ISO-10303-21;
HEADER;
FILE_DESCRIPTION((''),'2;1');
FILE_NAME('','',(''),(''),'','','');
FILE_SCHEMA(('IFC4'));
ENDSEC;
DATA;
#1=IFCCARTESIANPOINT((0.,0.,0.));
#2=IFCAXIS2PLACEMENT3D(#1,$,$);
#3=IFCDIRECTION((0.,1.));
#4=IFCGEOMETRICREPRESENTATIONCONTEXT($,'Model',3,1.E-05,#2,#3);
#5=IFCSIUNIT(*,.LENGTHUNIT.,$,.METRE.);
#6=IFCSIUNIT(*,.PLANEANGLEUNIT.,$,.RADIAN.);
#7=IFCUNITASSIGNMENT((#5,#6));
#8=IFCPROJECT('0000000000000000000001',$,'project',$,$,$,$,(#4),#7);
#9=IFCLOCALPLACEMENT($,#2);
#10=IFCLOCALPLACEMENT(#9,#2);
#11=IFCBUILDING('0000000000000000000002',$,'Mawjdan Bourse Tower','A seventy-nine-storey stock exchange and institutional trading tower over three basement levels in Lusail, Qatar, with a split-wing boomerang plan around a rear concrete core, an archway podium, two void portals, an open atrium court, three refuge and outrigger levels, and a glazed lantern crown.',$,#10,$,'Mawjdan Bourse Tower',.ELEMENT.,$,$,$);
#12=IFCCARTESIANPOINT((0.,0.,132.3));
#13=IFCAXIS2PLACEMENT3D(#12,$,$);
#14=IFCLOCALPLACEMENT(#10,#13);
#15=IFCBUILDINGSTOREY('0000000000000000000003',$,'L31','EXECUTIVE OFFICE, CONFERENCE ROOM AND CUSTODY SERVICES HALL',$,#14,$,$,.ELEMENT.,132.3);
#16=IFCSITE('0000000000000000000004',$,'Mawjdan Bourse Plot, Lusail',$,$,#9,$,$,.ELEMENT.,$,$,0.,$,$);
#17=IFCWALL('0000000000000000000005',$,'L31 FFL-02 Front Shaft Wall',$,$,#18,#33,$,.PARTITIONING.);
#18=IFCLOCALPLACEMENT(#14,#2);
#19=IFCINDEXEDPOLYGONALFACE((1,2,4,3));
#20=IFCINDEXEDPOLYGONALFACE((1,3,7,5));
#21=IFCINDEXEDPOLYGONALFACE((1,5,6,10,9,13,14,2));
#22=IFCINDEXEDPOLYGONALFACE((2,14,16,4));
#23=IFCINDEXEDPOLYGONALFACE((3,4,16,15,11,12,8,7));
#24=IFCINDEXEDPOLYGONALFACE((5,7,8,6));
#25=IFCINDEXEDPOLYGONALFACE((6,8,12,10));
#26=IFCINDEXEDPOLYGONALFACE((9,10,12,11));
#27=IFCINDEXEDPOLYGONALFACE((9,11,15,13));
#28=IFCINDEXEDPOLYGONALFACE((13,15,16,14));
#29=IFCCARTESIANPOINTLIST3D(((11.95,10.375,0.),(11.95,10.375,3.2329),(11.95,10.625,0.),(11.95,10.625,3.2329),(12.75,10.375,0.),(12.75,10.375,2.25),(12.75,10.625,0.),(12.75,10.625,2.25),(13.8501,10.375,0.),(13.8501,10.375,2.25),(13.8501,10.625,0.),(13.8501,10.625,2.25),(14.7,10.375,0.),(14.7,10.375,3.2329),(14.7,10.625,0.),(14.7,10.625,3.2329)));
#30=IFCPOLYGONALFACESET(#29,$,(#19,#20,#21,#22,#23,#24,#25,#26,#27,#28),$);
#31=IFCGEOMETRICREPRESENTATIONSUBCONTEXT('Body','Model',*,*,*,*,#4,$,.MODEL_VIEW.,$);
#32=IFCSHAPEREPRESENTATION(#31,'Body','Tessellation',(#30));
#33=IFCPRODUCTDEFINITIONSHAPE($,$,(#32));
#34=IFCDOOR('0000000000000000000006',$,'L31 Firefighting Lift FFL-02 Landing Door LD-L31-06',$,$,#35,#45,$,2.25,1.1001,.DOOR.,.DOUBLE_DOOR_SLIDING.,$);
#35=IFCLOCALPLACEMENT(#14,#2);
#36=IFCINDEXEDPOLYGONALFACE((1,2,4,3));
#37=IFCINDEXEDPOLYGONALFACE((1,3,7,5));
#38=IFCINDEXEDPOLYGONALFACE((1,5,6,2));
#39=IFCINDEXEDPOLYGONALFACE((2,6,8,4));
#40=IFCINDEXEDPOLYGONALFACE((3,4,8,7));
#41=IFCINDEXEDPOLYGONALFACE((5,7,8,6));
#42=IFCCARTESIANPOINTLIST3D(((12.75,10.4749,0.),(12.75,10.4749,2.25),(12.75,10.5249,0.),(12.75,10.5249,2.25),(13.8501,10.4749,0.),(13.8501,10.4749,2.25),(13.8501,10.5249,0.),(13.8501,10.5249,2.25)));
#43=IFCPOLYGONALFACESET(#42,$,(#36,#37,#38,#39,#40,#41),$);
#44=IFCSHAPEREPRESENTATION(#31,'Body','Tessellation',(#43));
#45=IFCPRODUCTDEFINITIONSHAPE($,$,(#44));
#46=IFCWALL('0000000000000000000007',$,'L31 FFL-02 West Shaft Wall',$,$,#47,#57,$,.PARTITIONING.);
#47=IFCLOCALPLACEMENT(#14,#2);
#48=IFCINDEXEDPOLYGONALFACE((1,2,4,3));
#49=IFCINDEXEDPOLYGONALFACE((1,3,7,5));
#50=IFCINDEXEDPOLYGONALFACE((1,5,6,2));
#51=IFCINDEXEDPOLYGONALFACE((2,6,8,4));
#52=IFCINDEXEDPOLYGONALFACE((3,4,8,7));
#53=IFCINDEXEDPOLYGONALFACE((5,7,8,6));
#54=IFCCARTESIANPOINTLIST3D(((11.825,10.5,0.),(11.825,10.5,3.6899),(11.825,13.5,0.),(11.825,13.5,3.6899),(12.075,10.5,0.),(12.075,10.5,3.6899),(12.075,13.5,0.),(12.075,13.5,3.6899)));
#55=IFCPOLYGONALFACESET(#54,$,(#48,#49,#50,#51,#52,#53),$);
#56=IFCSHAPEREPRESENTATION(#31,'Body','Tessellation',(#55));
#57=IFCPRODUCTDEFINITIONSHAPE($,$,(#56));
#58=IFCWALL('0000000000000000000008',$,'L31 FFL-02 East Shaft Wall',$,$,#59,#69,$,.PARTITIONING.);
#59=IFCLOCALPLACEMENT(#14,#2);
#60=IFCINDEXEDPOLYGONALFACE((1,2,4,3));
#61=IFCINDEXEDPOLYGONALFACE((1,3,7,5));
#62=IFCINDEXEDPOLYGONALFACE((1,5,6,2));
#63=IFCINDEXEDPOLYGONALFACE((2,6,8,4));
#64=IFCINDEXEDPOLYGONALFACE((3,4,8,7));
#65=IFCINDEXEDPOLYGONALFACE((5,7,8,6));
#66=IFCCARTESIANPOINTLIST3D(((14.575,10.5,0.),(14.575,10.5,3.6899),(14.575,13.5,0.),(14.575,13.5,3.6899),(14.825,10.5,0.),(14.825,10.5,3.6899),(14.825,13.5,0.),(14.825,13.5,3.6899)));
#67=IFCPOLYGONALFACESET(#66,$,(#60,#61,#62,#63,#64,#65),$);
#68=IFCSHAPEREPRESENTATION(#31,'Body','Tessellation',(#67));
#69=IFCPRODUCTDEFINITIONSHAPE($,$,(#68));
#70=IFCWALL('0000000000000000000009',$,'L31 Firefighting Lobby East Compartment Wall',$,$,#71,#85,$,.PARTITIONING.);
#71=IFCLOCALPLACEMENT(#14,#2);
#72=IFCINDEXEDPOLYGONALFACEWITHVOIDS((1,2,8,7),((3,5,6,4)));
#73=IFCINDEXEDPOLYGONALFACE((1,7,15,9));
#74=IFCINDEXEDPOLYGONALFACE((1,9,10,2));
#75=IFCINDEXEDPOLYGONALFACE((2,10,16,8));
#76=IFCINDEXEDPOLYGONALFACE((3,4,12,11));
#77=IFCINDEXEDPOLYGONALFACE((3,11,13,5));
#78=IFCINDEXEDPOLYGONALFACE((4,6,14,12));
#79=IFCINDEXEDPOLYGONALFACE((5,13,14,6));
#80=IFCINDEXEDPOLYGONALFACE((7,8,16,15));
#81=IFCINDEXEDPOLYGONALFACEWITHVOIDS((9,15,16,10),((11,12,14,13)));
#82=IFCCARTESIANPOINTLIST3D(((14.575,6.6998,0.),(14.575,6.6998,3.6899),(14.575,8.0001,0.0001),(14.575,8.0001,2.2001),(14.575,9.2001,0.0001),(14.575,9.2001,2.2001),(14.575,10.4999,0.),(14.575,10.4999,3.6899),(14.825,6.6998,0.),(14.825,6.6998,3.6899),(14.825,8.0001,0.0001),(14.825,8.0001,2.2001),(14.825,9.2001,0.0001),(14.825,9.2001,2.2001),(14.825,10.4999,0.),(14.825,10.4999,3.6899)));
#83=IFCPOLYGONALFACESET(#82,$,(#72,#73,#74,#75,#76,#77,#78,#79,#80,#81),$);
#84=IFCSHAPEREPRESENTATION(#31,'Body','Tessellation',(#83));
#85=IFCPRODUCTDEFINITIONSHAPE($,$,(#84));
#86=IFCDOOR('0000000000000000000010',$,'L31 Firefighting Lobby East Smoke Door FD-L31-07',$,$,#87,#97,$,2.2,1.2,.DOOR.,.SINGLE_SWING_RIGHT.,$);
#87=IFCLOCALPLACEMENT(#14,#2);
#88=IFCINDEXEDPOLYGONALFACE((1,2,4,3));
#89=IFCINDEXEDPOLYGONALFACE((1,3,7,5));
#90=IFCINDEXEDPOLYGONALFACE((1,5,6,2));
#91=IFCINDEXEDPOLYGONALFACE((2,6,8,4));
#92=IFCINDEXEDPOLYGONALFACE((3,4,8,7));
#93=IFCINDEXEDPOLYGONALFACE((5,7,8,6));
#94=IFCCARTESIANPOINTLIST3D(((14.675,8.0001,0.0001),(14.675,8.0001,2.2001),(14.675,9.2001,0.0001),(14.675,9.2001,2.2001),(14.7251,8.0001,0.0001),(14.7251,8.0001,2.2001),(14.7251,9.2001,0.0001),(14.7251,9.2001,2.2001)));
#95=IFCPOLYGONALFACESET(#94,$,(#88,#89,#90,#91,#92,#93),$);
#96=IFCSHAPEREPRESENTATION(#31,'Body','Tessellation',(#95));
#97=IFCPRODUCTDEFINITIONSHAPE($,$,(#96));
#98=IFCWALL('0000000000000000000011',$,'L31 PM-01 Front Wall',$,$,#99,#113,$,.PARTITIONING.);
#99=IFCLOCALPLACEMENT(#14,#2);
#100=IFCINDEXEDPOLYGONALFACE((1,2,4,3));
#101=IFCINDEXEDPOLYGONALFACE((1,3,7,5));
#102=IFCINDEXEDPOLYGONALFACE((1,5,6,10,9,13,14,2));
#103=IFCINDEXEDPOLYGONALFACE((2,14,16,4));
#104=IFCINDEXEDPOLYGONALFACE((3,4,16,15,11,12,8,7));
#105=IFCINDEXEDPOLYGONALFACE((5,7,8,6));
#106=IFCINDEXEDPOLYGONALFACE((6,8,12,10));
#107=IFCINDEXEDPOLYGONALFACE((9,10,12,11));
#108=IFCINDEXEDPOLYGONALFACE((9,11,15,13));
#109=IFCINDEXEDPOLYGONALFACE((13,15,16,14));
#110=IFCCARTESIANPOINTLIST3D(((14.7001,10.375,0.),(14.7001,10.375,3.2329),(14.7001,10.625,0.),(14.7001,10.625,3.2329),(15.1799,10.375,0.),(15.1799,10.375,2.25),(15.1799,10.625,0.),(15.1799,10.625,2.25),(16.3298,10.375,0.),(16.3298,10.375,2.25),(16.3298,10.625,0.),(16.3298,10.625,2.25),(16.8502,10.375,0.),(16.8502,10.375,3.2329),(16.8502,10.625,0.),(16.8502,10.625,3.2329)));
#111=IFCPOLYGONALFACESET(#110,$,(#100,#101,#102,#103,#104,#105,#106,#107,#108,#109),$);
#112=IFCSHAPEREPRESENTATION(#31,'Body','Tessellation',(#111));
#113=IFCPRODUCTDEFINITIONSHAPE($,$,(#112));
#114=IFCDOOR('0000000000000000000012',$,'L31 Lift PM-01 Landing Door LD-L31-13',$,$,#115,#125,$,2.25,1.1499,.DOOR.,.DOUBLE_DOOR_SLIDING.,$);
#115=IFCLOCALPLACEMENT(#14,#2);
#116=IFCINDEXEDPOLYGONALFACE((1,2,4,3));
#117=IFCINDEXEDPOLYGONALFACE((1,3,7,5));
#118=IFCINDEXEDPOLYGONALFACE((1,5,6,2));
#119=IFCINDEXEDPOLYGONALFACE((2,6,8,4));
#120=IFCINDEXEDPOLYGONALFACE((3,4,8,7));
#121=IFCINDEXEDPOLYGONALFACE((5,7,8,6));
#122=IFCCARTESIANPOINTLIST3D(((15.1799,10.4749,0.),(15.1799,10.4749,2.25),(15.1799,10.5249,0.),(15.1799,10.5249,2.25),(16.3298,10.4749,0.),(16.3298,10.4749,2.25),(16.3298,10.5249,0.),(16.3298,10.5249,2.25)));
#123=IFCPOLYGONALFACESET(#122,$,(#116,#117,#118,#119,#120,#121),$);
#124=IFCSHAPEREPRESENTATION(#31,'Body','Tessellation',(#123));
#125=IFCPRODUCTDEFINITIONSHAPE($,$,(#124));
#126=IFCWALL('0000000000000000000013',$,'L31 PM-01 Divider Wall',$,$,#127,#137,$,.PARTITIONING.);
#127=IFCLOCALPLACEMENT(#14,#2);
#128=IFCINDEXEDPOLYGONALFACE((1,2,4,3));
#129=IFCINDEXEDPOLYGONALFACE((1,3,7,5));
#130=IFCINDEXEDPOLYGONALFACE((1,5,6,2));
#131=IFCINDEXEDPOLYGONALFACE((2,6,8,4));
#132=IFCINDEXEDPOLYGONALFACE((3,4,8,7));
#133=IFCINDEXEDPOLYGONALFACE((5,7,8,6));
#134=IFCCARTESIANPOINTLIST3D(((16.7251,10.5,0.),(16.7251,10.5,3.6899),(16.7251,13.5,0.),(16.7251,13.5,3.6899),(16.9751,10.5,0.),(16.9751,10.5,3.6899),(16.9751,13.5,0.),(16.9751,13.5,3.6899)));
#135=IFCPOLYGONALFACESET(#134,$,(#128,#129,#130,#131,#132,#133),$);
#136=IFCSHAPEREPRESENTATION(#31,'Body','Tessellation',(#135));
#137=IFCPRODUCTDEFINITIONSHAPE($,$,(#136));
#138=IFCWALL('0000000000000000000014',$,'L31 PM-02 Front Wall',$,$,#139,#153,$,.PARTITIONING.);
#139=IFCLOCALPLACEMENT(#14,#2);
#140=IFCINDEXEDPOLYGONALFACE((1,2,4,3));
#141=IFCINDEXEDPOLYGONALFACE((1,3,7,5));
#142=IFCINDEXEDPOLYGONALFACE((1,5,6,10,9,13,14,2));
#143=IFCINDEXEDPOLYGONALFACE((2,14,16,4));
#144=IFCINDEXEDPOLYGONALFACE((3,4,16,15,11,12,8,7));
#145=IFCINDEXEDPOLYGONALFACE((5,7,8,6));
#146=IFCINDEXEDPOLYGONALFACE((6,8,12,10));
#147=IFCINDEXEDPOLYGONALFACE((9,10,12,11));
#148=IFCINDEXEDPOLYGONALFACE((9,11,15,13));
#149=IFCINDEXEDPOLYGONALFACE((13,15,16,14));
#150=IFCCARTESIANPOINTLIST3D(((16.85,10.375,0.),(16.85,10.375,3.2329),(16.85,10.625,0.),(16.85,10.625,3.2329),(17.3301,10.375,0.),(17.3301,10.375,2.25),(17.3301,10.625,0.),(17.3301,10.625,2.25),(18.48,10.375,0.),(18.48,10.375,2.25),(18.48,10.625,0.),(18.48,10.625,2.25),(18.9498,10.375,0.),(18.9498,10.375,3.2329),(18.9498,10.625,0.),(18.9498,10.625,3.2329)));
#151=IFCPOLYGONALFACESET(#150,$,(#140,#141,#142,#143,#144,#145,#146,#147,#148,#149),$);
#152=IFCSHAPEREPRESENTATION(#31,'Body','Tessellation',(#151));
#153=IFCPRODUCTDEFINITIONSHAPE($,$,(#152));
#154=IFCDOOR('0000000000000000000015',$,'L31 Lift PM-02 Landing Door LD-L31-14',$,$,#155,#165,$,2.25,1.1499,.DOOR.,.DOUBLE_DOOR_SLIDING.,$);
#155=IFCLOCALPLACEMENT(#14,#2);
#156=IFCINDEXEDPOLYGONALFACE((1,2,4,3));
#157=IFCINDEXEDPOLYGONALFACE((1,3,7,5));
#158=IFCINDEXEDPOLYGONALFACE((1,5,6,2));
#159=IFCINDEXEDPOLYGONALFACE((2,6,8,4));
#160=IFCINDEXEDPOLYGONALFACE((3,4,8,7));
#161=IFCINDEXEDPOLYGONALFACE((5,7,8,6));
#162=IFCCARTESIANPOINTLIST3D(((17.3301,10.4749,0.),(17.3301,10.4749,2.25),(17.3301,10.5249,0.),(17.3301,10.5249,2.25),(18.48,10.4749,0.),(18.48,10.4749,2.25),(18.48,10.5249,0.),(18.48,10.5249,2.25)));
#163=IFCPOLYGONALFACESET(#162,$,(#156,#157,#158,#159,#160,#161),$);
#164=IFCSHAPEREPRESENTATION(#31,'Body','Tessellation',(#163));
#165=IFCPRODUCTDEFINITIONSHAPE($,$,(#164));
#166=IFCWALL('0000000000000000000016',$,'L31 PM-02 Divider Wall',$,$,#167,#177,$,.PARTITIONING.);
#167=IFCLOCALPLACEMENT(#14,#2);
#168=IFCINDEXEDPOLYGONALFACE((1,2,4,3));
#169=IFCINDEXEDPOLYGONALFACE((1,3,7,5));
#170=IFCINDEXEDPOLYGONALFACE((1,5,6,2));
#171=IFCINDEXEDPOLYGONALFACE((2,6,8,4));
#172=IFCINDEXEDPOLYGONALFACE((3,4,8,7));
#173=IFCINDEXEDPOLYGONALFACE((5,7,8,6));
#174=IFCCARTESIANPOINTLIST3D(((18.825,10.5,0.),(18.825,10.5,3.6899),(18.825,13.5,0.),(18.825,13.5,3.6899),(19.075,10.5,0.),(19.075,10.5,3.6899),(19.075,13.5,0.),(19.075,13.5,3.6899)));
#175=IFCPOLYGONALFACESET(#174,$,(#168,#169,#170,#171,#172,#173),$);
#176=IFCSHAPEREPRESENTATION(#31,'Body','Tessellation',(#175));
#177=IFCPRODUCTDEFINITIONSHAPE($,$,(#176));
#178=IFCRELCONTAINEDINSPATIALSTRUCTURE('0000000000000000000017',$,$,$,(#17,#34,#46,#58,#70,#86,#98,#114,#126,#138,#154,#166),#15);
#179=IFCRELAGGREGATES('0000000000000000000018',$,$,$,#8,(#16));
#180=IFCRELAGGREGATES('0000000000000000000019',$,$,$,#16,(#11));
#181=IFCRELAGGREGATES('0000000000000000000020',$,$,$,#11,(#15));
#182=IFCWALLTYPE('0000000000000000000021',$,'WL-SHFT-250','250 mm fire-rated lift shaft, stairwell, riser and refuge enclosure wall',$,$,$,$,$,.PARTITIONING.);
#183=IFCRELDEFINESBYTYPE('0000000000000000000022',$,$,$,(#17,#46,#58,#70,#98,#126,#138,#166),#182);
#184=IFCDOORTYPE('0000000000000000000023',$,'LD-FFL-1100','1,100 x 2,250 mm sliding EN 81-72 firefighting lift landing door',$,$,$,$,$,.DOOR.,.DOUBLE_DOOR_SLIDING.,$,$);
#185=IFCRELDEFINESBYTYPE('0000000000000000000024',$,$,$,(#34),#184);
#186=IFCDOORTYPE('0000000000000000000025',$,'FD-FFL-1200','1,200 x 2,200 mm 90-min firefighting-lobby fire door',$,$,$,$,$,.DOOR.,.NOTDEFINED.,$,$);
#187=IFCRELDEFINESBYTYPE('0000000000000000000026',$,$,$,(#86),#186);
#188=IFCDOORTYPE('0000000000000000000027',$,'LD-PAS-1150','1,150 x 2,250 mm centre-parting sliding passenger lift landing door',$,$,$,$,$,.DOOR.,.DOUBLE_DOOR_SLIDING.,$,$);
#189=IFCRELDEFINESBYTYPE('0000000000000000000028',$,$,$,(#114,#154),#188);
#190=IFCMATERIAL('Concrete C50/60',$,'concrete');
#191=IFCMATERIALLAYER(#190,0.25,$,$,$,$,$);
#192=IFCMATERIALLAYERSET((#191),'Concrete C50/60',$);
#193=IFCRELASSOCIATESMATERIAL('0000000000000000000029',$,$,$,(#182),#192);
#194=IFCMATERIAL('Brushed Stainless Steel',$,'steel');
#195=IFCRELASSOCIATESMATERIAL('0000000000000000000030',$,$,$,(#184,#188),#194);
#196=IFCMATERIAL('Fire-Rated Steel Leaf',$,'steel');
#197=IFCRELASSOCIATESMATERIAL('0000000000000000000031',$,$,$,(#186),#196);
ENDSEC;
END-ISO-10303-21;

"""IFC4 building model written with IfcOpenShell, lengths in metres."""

from ifc_helpers import new_model, si_unit, direction, frame, frame_2d, origin, place, context, subcontext, project, spatial, rectangle, extrude, material, layer, layer_set, type_object, element, fill, save


model = new_model("IFC4")

# Units and contexts
model_context = context("Model", 3, precision=1e-05, world=origin(), true_north=direction((0.0, 1.0)))
body_context = subcontext(model_context, "Body", "Model", "MODEL_VIEW")
ifc_project = project(units=[si_unit("LENGTHUNIT", "METRE"), si_unit("PLANEANGLEUNIT", "RADIAN")], contexts=[model_context])

# Site, building, storey
site_placement = place(None, origin())
site = spatial("IfcSite", under=ifc_project, at=site_placement, Name="Mawjdan Bourse Plot, Lusail", CompositionType="ELEMENT", RefElevation=0.0)
building_placement = place(site_placement, origin())
building = spatial("IfcBuilding", under=site, at=building_placement, Name="Mawjdan Bourse Tower", Description="A seventy-nine-storey stock exchange and institutional trading tower over three basement levels in Lusail, Qatar, with a split-wing boomerang plan around a rear concrete core, an archway podium, two void portals, an open atrium court, three refuge and outrigger levels, and a glazed lantern crown.", LongName="Mawjdan Bourse Tower", CompositionType="ELEMENT")
storey_placement = place(building_placement, frame((0.0, 0.0, 132.3)))
storey = spatial("IfcBuildingStorey", under=building, at=storey_placement, Name="L31", Description="EXECUTIVE OFFICE, CONFERENCE ROOM AND CUSTODY SERVICES HALL", CompositionType="ELEMENT", Elevation=132.3)

# Shared definitions
ifc_material_1 = material(Name="Concrete C50/60", Category="concrete")
ifc_layer_1 = layer(ifc_material_1, 0.25)
ifc_layer_set_1 = layer_set([ifc_layer_1], Name="Concrete C50/60")
wall_type_1 = type_object("IfcWallType", Name="WL-SHFT-250", Description="250 mm fire-rated lift shaft, stairwell, riser and refuge enclosure wall", PredefinedType="PARTITIONING", material=ifc_layer_set_1)

# Shared definitions
ifc_material_2 = material(Name="Brushed Stainless Steel", Category="steel")
door_type_1 = type_object("IfcDoorType", Name="LD-FFL-1100", Description="1,100 x 2,250 mm sliding EN 81-72 firefighting lift landing door", OperationType="DOUBLE_DOOR_SLIDING", PredefinedType="DOOR", material=ifc_material_2)

# Wall, opening, door
wall_1_placement = place(storey_placement, frame((11.95, 10.5, 0.0), z_axis=(0.0, 0.0, 1.0), x_axis=(1.0, 0.0, 0.0)))
wall_1 = element("IfcWall", 1, at=wall_1_placement, inside=storey, type_object=wall_type_1, Name="L31 FFL-02 Front Shaft Wall", PredefinedType="PARTITIONING", context=body_context, shape_type="SweptSolid", body=[
    extrude(rectangle(XDim=2.75, YDim=0.25, at=frame_2d((1.375, 0.0))), origin(), (0.0, 0.0, 1.0), 3.2329),
])
opening_1_placement = place(wall_1_placement, frame((0.8, 0.0, 0.0)))
opening_1 = element("IfcOpeningElement", 2, at=opening_1_placement, cuts=wall_1, PredefinedType="OPENING", context=body_context, shape_type="SweptSolid", body=[
    extrude(rectangle(XDim=1.1001, YDim=2.25, at=frame_2d((0.55, 1.125))), frame((0.0, 0.135, 0.0), z_axis=(0.0, -1.0, 0.0), x_axis=(1.0, 0.0, 0.0)), (0.0, 0.0, 1.0), 0.27),
])
door_1_placement = place(opening_1_placement, origin())
door_1 = element("IfcDoor", 3, at=door_1_placement, inside=storey, type_object=door_type_1, Name="L31 Firefighting Lift FFL-02 Landing Door LD-L31-06", OperationType="DOUBLE_DOOR_SLIDING", OverallHeight=2.25, OverallWidth=1.1001, PredefinedType="DOOR", context=body_context, shape_type="SweptSolid", body=[
    extrude(rectangle(XDim=1.1001, YDim=2.25, at=frame_2d((0.55, 1.125))), frame((0.0, 0.0249, 0.0), z_axis=(0.0, -1.0, 0.0), x_axis=(1.0, 0.0, 0.0)), (0.0, 0.0, 1.0), 0.05),
])
fill(opening_1, door_1)

# Walls
for number, where, z_axis, x_axis, name in (
    (4, (11.95, 10.5, 0.0), (0.0, 0.0, 1.0), (0.0, 1.0, 0.0), "L31 FFL-02 West Shaft Wall"),
    (5, (14.7, 10.5, 0.0), (0.0, 0.0, 1.0), (0.0, 1.0, 0.0), "L31 FFL-02 East Shaft Wall"),
):
    element("IfcWall", number, at=place(storey_placement, frame(where, z_axis=z_axis, x_axis=x_axis)), inside=storey, type_object=wall_type_1, Name=name, PredefinedType="PARTITIONING", context=body_context, shape_type="SweptSolid", body=[
        extrude(rectangle(XDim=3.0, YDim=0.25, at=frame_2d((1.5, 0.0))), origin(), (0.0, 0.0, 1.0), 3.6899),
    ])

# Walls, openings, doors
wall_2_placement = place(storey_placement, frame((14.7, 6.7, 0.0), z_axis=(0.0, 0.0, 1.0), x_axis=(0.0, 1.0, 0.0)))
wall_2 = element("IfcWall", 6, at=wall_2_placement, inside=storey, type_object=wall_type_1, Name="L31 Firefighting Lobby East Compartment Wall", PredefinedType="PARTITIONING", context=body_context, shape_type="SweptSolid", body=[
    extrude(rectangle(XDim=3.8, YDim=0.25, at=frame_2d((1.8999, 0.0))), origin(), (0.0, 0.0, 1.0), 3.6899),
])
opening_2_placement = place(wall_2_placement, frame((1.3, 0.0, 0.0)))
opening_2 = element("IfcOpeningElement", 7, at=opening_2_placement, cuts=wall_2, PredefinedType="OPENING", context=body_context, shape_type="SweptSolid", body=[
    extrude(rectangle(XDim=1.2, YDim=2.2, at=frame_2d((0.6001, 1.1001))), frame((0.0, 0.135, 0.0), z_axis=(0.0, -1.0, 0.0), x_axis=(1.0, 0.0, 0.0)), (0.0, 0.0, 1.0), 0.27),
])
ifc_material_3 = material(Name="Fire-Rated Steel Leaf", Category="steel")
door_type_2 = type_object("IfcDoorType", Name="FD-FFL-1200", Description="1,200 x 2,200 mm 90-min firefighting-lobby fire door", OperationType="NOTDEFINED", PredefinedType="DOOR", material=ifc_material_3)
door_2_placement = place(opening_2_placement, origin())
door_2 = element("IfcDoor", 8, at=door_2_placement, inside=storey, type_object=door_type_2, Name="L31 Firefighting Lobby East Smoke Door FD-L31-07", OperationType="SINGLE_SWING_RIGHT", OverallHeight=2.2, OverallWidth=1.2, PredefinedType="DOOR", context=body_context, shape_type="SweptSolid", body=[
    extrude(rectangle(XDim=1.2, YDim=2.2, at=frame_2d((0.6001, 1.1001))), frame((0.0, 0.0249, 0.0), z_axis=(0.0, -1.0, 0.0), x_axis=(1.0, 0.0, 0.0)), (0.0, 0.0, 1.0), 0.05),
])
fill(opening_2, door_2)
wall_3_placement = place(storey_placement, frame((14.7, 10.5, 0.0), z_axis=(0.0, 0.0, 1.0), x_axis=(1.0, 0.0, 0.0)))
wall_3 = element("IfcWall", 9, at=wall_3_placement, inside=storey, type_object=wall_type_1, Name="L31 PM-01 Front Wall", PredefinedType="PARTITIONING", context=body_context, shape_type="SweptSolid", body=[
    extrude(rectangle(XDim=2.1501, YDim=0.25, at=frame_2d((1.0752, 0.0))), origin(), (0.0, 0.0, 1.0), 3.2329),
])
opening_3_placement = place(wall_3_placement, frame((0.48, 0.0, 0.0)))
opening_3 = element("IfcOpeningElement", 10, at=opening_3_placement, cuts=wall_3, PredefinedType="OPENING", context=body_context, shape_type="SweptSolid", body=[
    extrude(rectangle(XDim=1.1499, YDim=2.25, at=frame_2d((0.575, 1.125))), frame((0.0, 0.135, 0.0), z_axis=(0.0, -1.0, 0.0), x_axis=(1.0, 0.0, 0.0)), (0.0, 0.0, 1.0), 0.27),
])
door_type_3 = type_object("IfcDoorType", Name="LD-PAS-1150", Description="1,150 x 2,250 mm centre-parting sliding passenger lift landing door", OperationType="DOUBLE_DOOR_SLIDING", PredefinedType="DOOR", material=ifc_material_2)
door_3_placement = place(opening_3_placement, origin())
door_3 = element("IfcDoor", 11, at=door_3_placement, inside=storey, type_object=door_type_3, Name="L31 Lift PM-01 Landing Door LD-L31-13", OperationType="DOUBLE_DOOR_SLIDING", OverallHeight=2.25, OverallWidth=1.1499, PredefinedType="DOOR", context=body_context, shape_type="SweptSolid", body=[
    extrude(rectangle(XDim=1.1499, YDim=2.25, at=frame_2d((0.575, 1.125))), frame((0.0, 0.0249, 0.0), z_axis=(0.0, -1.0, 0.0), x_axis=(1.0, 0.0, 0.0)), (0.0, 0.0, 1.0), 0.05),
])
fill(opening_3, door_3)

# Wall
wall_4_placement = place(storey_placement, frame((16.8501, 10.5, 0.0), z_axis=(0.0, 0.0, 1.0), x_axis=(0.0, 1.0, 0.0)))
element("IfcWall", 12, at=wall_4_placement, inside=storey, type_object=wall_type_1, Name="L31 PM-01 Divider Wall", PredefinedType="PARTITIONING", context=body_context, shape_type="SweptSolid", body=[
    extrude(rectangle(XDim=3.0, YDim=0.25, at=frame_2d((1.5, 0.0))), origin(), (0.0, 0.0, 1.0), 3.6899),
])

# Wall, opening, door
wall_5_placement = place(storey_placement, frame((16.8501, 10.5, 0.0), z_axis=(0.0, 0.0, 1.0), x_axis=(1.0, 0.0, 0.0)))
wall_5 = element("IfcWall", 13, at=wall_5_placement, inside=storey, type_object=wall_type_1, Name="L31 PM-02 Front Wall", PredefinedType="PARTITIONING", context=body_context, shape_type="SweptSolid", body=[
    extrude(rectangle(XDim=2.0999, YDim=0.25, at=frame_2d((1.0498, 0.0))), origin(), (0.0, 0.0, 1.0), 3.2329),
])
opening_4_placement = place(wall_5_placement, frame((0.48, 0.0, 0.0)))
opening_4 = element("IfcOpeningElement", 14, at=opening_4_placement, cuts=wall_5, PredefinedType="OPENING", context=body_context, shape_type="SweptSolid", body=[
    extrude(rectangle(XDim=1.1499, YDim=2.25, at=frame_2d((0.575, 1.125))), frame((0.0, 0.135, 0.0), z_axis=(0.0, -1.0, 0.0), x_axis=(1.0, 0.0, 0.0)), (0.0, 0.0, 1.0), 0.27),
])
door_4_placement = place(opening_4_placement, origin())
door_4 = element("IfcDoor", 15, at=door_4_placement, inside=storey, type_object=door_type_3, Name="L31 Lift PM-02 Landing Door LD-L31-14", OperationType="DOUBLE_DOOR_SLIDING", OverallHeight=2.25, OverallWidth=1.1499, PredefinedType="DOOR", context=body_context, shape_type="SweptSolid", body=[
    extrude(rectangle(XDim=1.1499, YDim=2.25, at=frame_2d((0.575, 1.125))), frame((0.0, 0.0249, 0.0), z_axis=(0.0, -1.0, 0.0), x_axis=(1.0, 0.0, 0.0)), (0.0, 0.0, 1.0), 0.05),
])
fill(opening_4, door_4)

# Wall
wall_6_placement = place(storey_placement, frame((18.95, 10.5, 0.0), z_axis=(0.0, 0.0, 1.0), x_axis=(0.0, 1.0, 0.0)))
element("IfcWall", 16, at=wall_6_placement, inside=storey, type_object=wall_type_1, Name="L31 PM-02 Divider Wall", PredefinedType="PARTITIONING", context=body_context, shape_type="SweptSolid", body=[
    extrude(rectangle(XDim=3.0, YDim=0.25, at=frame_2d((1.5, 0.0))), origin(), (0.0, 0.0, 1.0), 3.6899),
])

save(model, "model.ifc")
